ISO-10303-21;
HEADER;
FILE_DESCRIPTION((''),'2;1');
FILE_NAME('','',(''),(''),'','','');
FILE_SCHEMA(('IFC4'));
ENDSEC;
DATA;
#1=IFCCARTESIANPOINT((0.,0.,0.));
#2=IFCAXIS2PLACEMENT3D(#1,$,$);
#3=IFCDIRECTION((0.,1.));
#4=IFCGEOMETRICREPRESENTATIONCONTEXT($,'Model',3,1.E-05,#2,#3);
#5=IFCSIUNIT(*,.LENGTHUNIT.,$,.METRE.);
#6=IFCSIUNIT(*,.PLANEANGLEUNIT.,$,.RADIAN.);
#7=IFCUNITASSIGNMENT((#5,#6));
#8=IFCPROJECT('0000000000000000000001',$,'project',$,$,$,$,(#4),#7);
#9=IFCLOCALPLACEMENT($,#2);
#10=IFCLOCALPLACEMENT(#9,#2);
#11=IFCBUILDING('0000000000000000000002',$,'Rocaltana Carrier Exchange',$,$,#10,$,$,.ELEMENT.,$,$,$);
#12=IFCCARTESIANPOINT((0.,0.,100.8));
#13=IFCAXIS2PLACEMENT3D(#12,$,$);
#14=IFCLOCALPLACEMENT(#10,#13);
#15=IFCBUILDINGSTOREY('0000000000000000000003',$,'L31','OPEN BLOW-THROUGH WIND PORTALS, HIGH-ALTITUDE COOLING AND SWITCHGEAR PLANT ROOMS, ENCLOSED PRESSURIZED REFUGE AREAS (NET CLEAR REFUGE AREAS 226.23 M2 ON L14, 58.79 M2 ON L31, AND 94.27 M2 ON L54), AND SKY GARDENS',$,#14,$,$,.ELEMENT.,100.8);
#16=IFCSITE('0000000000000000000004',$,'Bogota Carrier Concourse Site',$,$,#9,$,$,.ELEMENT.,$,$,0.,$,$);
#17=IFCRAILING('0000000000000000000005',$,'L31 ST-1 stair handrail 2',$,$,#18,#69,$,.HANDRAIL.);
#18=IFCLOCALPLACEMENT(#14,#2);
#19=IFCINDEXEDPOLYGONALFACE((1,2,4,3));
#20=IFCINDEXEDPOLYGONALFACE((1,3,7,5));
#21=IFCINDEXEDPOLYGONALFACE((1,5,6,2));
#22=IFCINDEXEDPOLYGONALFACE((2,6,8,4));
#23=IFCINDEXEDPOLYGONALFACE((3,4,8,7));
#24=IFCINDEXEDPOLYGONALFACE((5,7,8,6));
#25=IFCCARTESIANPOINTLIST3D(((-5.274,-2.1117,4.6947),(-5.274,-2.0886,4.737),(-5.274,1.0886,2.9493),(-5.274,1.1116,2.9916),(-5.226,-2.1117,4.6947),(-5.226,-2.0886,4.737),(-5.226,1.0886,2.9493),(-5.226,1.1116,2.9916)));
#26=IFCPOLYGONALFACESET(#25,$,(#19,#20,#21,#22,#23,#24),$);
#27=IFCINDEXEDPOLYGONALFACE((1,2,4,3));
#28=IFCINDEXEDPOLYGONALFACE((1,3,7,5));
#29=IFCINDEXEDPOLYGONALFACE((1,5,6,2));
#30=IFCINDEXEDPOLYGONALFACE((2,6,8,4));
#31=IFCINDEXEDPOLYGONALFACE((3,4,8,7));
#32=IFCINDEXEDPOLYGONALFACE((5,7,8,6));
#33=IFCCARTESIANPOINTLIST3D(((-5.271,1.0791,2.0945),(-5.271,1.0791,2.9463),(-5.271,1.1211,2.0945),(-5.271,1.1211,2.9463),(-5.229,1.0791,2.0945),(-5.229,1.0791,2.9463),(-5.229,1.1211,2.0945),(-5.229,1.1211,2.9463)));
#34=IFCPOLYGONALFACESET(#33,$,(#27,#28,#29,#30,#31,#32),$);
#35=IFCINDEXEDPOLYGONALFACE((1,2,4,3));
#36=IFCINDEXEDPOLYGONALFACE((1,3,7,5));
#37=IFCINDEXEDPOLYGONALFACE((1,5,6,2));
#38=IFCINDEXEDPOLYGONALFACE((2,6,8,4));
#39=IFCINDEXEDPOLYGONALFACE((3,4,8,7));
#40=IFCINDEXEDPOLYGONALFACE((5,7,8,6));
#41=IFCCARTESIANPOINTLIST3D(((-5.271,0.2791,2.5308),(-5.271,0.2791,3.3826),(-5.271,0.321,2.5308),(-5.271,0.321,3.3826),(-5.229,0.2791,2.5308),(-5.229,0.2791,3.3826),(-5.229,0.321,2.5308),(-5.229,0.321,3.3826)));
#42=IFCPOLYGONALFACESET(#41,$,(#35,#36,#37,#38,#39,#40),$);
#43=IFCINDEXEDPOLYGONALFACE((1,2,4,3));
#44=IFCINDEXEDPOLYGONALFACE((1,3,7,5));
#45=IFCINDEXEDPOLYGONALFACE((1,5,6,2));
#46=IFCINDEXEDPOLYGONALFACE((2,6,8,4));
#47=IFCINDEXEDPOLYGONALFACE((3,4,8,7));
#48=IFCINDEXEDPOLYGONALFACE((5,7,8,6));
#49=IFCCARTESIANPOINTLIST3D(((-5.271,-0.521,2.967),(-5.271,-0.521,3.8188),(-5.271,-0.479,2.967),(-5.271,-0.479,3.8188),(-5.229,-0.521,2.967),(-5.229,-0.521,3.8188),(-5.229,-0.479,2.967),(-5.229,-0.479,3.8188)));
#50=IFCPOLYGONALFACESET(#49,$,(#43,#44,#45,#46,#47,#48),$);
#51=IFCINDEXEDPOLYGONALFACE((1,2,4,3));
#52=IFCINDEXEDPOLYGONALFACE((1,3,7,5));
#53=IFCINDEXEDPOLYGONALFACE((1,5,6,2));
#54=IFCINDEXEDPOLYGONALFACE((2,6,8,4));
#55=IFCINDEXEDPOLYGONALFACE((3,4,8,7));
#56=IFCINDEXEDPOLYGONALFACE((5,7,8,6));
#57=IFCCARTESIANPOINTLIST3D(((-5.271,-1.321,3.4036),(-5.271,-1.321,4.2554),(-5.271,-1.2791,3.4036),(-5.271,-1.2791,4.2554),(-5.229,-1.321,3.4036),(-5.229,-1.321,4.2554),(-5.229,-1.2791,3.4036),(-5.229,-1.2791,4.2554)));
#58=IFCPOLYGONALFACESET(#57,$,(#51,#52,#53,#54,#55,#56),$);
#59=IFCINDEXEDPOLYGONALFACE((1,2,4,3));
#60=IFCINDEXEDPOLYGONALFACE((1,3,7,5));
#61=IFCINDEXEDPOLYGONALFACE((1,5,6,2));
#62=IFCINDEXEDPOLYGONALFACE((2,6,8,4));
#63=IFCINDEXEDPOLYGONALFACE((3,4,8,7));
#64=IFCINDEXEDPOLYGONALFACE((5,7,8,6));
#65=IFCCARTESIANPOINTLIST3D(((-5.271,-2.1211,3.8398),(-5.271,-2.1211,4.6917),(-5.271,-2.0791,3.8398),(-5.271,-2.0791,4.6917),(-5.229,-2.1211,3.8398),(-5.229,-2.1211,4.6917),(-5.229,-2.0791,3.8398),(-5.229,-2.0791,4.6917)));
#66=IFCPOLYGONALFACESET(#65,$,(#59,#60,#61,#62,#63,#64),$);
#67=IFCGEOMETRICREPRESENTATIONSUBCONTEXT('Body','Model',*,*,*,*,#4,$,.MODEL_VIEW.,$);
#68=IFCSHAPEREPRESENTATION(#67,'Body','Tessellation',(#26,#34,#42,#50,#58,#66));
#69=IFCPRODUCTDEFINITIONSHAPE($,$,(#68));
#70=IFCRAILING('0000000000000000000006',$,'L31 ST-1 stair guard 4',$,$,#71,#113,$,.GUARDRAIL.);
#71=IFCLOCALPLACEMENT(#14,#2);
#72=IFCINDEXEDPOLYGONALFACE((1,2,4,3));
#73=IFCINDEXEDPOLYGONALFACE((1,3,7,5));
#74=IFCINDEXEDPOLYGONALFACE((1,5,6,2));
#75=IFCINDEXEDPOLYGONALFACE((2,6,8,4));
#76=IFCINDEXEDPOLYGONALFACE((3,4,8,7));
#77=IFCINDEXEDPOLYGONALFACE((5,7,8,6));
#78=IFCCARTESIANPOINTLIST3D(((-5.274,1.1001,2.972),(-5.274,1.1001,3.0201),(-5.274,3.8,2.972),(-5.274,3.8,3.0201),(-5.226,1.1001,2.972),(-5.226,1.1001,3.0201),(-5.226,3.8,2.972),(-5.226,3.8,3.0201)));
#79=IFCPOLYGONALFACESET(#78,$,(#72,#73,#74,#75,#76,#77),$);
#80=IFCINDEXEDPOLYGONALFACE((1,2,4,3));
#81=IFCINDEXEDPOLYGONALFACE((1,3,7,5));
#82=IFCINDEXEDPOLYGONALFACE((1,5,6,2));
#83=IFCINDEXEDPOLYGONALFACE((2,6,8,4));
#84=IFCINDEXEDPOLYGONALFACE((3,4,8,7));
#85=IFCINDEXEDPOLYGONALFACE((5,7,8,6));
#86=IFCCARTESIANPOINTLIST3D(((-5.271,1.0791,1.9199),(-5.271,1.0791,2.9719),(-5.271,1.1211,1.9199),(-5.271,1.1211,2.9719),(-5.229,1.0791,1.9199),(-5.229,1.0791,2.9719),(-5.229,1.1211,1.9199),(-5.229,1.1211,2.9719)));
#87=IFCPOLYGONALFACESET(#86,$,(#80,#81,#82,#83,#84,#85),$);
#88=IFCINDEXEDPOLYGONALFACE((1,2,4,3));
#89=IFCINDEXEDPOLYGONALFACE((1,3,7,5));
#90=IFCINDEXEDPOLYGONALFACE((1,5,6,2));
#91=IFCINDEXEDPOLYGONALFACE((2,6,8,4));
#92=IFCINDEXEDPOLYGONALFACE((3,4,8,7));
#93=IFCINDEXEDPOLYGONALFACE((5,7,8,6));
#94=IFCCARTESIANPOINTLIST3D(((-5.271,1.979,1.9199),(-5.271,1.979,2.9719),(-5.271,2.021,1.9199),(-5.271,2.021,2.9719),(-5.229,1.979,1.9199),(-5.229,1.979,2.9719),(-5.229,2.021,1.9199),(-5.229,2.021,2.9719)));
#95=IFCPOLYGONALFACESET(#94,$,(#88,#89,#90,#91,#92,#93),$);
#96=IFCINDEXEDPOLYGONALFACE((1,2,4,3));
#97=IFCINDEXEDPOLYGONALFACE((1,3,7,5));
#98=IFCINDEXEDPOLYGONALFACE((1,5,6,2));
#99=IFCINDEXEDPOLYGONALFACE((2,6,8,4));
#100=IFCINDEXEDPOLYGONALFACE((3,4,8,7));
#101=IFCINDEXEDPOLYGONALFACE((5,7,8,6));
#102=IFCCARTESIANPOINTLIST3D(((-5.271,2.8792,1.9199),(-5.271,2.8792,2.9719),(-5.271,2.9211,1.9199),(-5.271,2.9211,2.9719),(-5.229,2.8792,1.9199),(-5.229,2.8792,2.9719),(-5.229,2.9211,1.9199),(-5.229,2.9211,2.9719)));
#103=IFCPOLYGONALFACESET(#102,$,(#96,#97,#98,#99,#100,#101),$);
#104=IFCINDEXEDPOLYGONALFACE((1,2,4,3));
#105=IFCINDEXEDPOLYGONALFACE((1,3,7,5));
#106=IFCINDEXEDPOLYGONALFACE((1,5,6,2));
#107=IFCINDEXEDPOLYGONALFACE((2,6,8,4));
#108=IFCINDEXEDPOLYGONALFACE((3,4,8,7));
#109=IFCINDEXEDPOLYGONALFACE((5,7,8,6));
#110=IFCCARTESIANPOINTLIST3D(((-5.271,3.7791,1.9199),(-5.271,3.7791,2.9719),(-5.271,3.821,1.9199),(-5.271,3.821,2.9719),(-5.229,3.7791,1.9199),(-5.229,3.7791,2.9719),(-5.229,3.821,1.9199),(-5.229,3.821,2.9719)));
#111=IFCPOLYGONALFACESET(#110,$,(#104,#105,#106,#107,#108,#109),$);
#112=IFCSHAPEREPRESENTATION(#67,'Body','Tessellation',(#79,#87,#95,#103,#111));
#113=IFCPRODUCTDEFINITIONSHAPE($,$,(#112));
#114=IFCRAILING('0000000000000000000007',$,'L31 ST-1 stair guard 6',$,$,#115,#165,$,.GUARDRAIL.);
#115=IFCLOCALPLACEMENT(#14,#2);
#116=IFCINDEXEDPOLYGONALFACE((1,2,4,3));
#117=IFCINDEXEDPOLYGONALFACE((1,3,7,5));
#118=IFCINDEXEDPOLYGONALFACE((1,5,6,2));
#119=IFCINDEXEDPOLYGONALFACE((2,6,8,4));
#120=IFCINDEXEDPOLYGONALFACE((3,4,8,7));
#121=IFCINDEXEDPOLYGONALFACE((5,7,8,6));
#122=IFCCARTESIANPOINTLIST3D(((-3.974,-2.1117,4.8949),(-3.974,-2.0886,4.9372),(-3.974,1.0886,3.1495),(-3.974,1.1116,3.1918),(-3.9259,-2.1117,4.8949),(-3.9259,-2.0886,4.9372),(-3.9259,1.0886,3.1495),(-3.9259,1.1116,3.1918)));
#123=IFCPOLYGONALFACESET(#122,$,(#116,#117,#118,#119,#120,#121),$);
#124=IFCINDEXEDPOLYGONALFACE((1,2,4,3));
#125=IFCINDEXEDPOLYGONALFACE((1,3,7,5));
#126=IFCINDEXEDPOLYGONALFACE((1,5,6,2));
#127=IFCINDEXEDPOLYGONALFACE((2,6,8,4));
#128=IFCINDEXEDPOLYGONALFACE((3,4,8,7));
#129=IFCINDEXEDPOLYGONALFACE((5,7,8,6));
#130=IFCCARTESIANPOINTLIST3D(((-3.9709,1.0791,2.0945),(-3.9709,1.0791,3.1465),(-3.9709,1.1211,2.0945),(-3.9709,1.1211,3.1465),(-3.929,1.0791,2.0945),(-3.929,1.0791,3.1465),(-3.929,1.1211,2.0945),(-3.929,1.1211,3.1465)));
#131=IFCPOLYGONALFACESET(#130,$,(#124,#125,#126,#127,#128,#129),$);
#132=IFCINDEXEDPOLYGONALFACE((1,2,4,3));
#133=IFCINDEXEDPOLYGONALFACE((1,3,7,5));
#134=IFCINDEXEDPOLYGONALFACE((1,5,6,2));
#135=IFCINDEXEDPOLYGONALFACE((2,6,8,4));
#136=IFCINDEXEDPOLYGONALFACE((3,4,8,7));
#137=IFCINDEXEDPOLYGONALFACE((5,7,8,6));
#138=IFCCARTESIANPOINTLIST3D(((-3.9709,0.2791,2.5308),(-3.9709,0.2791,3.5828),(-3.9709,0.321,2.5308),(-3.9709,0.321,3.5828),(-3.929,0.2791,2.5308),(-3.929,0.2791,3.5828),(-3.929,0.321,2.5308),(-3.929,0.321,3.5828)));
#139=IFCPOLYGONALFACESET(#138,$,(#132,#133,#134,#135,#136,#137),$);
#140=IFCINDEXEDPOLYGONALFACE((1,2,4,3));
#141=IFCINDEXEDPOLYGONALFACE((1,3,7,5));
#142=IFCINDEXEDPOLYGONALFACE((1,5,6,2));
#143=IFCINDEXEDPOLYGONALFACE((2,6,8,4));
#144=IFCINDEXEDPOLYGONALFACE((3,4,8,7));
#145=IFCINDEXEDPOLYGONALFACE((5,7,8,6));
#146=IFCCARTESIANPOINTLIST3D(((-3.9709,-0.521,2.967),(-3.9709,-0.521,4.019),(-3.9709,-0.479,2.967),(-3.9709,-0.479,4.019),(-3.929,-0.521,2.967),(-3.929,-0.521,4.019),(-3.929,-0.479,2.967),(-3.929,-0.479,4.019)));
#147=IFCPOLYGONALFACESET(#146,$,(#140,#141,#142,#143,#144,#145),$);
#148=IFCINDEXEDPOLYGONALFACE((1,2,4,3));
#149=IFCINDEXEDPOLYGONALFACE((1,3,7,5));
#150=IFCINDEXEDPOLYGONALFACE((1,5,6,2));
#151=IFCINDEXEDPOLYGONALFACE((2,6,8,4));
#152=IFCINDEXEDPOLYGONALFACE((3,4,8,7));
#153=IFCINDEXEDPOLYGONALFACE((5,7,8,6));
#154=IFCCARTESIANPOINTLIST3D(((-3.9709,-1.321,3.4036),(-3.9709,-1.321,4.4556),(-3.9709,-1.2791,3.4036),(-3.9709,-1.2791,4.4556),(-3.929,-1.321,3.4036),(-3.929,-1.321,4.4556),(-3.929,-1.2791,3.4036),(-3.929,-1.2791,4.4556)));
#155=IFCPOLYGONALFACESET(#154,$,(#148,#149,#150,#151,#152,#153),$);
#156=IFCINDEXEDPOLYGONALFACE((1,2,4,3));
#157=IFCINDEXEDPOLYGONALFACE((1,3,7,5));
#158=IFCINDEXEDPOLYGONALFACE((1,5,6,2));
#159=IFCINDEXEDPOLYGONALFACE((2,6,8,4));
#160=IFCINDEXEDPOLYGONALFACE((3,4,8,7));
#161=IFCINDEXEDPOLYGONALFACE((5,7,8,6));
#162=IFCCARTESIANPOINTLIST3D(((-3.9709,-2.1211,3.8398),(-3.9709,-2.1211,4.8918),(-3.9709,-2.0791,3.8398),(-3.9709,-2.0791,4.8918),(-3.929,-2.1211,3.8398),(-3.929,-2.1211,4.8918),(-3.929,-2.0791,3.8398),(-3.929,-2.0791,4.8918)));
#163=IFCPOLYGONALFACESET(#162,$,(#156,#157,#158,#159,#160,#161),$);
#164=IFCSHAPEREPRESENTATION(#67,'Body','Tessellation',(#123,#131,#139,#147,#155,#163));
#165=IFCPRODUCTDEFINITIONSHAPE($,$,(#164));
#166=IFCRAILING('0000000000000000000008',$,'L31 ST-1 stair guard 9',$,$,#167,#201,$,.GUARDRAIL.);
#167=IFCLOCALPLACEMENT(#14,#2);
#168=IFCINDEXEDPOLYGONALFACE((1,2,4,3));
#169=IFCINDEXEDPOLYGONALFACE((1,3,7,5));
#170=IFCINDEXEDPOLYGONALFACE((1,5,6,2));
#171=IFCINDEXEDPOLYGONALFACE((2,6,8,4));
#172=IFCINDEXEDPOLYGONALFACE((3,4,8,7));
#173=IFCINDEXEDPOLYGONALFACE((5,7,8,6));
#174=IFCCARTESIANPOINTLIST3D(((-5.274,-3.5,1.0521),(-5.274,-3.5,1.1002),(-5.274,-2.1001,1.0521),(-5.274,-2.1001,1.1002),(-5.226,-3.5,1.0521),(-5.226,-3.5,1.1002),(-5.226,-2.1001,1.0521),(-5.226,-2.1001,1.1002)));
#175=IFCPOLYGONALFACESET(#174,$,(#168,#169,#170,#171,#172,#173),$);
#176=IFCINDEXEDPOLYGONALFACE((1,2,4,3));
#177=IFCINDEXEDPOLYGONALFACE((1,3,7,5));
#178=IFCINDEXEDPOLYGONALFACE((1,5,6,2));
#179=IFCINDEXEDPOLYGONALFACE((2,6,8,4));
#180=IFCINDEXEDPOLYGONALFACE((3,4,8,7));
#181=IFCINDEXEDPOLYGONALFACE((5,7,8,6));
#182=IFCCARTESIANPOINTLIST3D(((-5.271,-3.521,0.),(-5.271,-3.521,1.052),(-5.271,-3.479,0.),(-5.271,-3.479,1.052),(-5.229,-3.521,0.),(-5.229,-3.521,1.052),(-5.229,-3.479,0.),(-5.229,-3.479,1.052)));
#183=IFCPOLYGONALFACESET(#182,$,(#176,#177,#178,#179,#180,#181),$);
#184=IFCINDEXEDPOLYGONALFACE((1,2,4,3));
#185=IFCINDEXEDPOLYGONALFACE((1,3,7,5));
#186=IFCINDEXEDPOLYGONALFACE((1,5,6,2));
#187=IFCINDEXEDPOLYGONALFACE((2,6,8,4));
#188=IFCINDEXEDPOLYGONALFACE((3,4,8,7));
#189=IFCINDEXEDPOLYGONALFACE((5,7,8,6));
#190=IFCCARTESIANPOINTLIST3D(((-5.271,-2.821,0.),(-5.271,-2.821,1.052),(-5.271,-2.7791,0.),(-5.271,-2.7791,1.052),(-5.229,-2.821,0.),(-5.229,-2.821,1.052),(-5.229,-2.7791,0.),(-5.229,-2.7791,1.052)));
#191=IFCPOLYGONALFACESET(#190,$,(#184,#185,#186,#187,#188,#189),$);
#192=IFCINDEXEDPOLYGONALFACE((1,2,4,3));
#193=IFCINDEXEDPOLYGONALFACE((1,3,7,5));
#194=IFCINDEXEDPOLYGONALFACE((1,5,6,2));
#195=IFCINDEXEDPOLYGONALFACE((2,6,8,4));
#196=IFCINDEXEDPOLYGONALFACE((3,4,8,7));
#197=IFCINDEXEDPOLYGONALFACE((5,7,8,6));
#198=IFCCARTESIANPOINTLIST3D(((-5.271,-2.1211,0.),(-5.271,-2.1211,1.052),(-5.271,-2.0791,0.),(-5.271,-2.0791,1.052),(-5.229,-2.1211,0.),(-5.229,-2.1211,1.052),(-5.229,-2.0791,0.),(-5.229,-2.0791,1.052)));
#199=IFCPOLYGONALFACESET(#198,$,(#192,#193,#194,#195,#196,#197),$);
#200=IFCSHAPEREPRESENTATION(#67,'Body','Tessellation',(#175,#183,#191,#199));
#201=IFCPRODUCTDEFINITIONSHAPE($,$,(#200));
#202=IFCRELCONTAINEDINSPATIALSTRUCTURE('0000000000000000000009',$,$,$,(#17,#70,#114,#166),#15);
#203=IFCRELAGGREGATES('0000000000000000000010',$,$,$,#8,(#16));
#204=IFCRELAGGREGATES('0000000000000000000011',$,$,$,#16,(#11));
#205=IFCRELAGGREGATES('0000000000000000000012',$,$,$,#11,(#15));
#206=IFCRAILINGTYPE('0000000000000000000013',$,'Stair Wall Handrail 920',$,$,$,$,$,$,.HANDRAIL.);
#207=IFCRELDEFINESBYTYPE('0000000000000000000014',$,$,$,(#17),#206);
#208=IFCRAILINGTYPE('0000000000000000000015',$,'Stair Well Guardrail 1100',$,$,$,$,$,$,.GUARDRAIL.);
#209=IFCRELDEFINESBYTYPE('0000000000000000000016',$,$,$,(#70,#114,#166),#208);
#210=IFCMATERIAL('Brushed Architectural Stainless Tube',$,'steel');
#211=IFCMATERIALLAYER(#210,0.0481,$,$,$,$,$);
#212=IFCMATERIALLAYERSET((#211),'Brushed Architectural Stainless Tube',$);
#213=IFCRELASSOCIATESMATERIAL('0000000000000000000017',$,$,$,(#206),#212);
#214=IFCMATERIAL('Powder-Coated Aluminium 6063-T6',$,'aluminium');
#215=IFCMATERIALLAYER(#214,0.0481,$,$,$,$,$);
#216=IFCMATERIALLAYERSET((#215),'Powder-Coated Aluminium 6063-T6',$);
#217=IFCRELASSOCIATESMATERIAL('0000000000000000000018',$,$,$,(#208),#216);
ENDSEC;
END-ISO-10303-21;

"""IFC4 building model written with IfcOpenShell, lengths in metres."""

from ifc_helpers import new_model, si_unit, direction, frame, origin, origin_2d, place, context, subcontext, project, spatial, rectangle, extrude, material, layer, layer_set, type_object, element, save


model = new_model("IFC4")

# Units and contexts
model_context = context("Model", 3, precision=1e-05, world=origin(), true_north=direction((0.0, 1.0)))
body_context = subcontext(model_context, "Body", "Model", "MODEL_VIEW")
ifc_project = project(units=[si_unit("LENGTHUNIT", "METRE"), si_unit("PLANEANGLEUNIT", "RADIAN")], contexts=[model_context])

# Site, building, storey
site_placement = place(None, origin())
site = spatial("IfcSite", under=ifc_project, at=site_placement, Name="Bogota Carrier Concourse Site", CompositionType="ELEMENT", RefElevation=0.0)
building_placement = place(site_placement, origin())
building = spatial("IfcBuilding", under=site, at=building_placement, Name="Rocaltana Carrier Exchange", CompositionType="ELEMENT")
storey_placement = place(building_placement, frame((0.0, 0.0, 100.8)))
storey = spatial("IfcBuildingStorey", under=building, at=storey_placement, Name="L31", Description="OPEN BLOW-THROUGH WIND PORTALS, HIGH-ALTITUDE COOLING AND SWITCHGEAR PLANT ROOMS, ENCLOSED PRESSURIZED REFUGE AREAS (NET CLEAR REFUGE AREAS 226.23 M2 ON L14, 58.79 M2 ON L31, AND 94.27 M2 ON L54), AND SKY GARDENS", CompositionType="ELEMENT", Elevation=100.8)

# Railings
ifc_material_1 = material(Name="Brushed Architectural Stainless Tube", Category="steel")
ifc_layer_1 = layer(ifc_material_1, 0.0481)
ifc_layer_set_1 = layer_set([ifc_layer_1], Name="Brushed Architectural Stainless Tube")
railing_type_1 = type_object("IfcRailingType", Name="Stair Wall Handrail 920", PredefinedType="HANDRAIL", material=ifc_layer_set_1)
railing_1_placement = place(storey_placement, frame((-5.25, 1.1001, 2.0945)))
element("IfcRailing", 1, at=railing_1_placement, inside=storey, type_object=railing_type_1, Name="L31 ST-1 stair handrail 2", PredefinedType="HANDRAIL", context=body_context, shape_type="SweptSolid", body=[
    extrude(rectangle(XDim=0.0481, YDim=0.0481, at=origin_2d()), frame((0.0, 0.0, 0.876), z_axis=(0.0, -0.877919, 0.47881), x_axis=(1.0, 0.0, 0.0)), (0.0, 0.0, 1.0), 3.6453),
    extrude(rectangle(XDim=0.042, YDim=0.042, at=origin_2d()), origin(), (0.0, 0.0, 1.0), 0.8518),
    extrude(rectangle(XDim=0.042, YDim=0.042, at=origin_2d()), frame((0.0, -0.8, 0.4363)), (0.0, 0.0, 1.0), 0.8518),
    extrude(rectangle(XDim=0.042, YDim=0.042, at=origin_2d()), frame((0.0, -1.6001, 0.8726)), (0.0, 0.0, 1.0), 0.8518),
    extrude(rectangle(XDim=0.042, YDim=0.042, at=origin_2d()), frame((0.0, -2.4001, 1.3091)), (0.0, 0.0, 1.0), 0.8518),
    extrude(rectangle(XDim=0.042, YDim=0.042, at=origin_2d()), frame((0.0, -3.2002, 1.7454)), (0.0, 0.0, 1.0), 0.8518),
])
ifc_material_2 = material(Name="Powder-Coated Aluminium 6063-T6", Category="aluminium")
ifc_layer_2 = layer(ifc_material_2, 0.0481)
ifc_layer_set_2 = layer_set([ifc_layer_2], Name="Powder-Coated Aluminium 6063-T6")
railing_type_2 = type_object("IfcRailingType", Name="Stair Well Guardrail 1100", PredefinedType="GUARDRAIL", material=ifc_layer_set_2)
railing_2_placement = place(storey_placement, frame((-5.25, 1.1001, 1.9199)))
element("IfcRailing", 2, at=railing_2_placement, inside=storey, type_object=railing_type_2, Name="L31 ST-1 stair guard 4", PredefinedType="GUARDRAIL", context=body_context, shape_type="SweptSolid", body=[
    extrude(rectangle(XDim=0.0481, YDim=0.0481, at=origin_2d()), frame((0.0, 0.0, 1.0762), z_axis=(0.0, 1.0, 0.0), x_axis=(-1.0, 0.0, 0.0)), (0.0, 0.0, 1.0), 2.7),
    extrude(rectangle(XDim=0.042, YDim=0.042, at=origin_2d()), origin(), (0.0, 0.0, 1.0), 1.052),
    extrude(rectangle(XDim=0.042, YDim=0.042, at=origin_2d()), frame((0.0, 0.8999, 0.0)), (0.0, 0.0, 1.0), 1.052),
    extrude(rectangle(XDim=0.042, YDim=0.042, at=origin_2d()), frame((0.0, 1.8, 0.0)), (0.0, 0.0, 1.0), 1.052),
    extrude(rectangle(XDim=0.042, YDim=0.042, at=origin_2d()), frame((0.0, 2.7, 0.0)), (0.0, 0.0, 1.0), 1.052),
])
railing_3_placement = place(storey_placement, frame((-3.95, 1.1001, 2.0945)))
element("IfcRailing", 3, at=railing_3_placement, inside=storey, type_object=railing_type_2, Name="L31 ST-1 stair guard 6", PredefinedType="GUARDRAIL", context=body_context, shape_type="SweptSolid", body=[
    extrude(rectangle(XDim=0.0481, YDim=0.0481, at=origin_2d()), frame((0.0, 0.0, 1.0762), z_axis=(0.0, -0.877919, 0.47881), x_axis=(1.0, 0.0, 0.0)), (0.0, 0.0, 1.0), 3.6453),
    extrude(rectangle(XDim=0.042, YDim=0.042, at=origin_2d()), origin(), (0.0, 0.0, 1.0), 1.052),
    extrude(rectangle(XDim=0.042, YDim=0.042, at=origin_2d()), frame((0.0, -0.8, 0.4363)), (0.0, 0.0, 1.0), 1.052),
    extrude(rectangle(XDim=0.042, YDim=0.042, at=origin_2d()), frame((0.0, -1.6001, 0.8726)), (0.0, 0.0, 1.0), 1.052),
    extrude(rectangle(XDim=0.042, YDim=0.042, at=origin_2d()), frame((0.0, -2.4001, 1.3091)), (0.0, 0.0, 1.0), 1.052),
    extrude(rectangle(XDim=0.042, YDim=0.042, at=origin_2d()), frame((0.0, -3.2002, 1.7454)), (0.0, 0.0, 1.0), 1.052),
])
railing_4_placement = place(storey_placement, frame((-5.25, -3.5, 0.0)))
element("IfcRailing", 4, at=railing_4_placement, inside=storey, type_object=railing_type_2, Name="L31 ST-1 stair guard 9", PredefinedType="GUARDRAIL", context=body_context, shape_type="SweptSolid", body=[
    extrude(rectangle(XDim=0.0481, YDim=0.0481, at=origin_2d()), frame((0.0, 0.0, 1.0762), z_axis=(0.0, 1.0, 0.0), x_axis=(-1.0, 0.0, 0.0)), (0.0, 0.0, 1.0), 1.3999),
    extrude(rectangle(XDim=0.042, YDim=0.042, at=origin_2d()), origin(), (0.0, 0.0, 1.0), 1.052),
    extrude(rectangle(XDim=0.042, YDim=0.042, at=origin_2d()), frame((0.0, 0.7, 0.0)), (0.0, 0.0, 1.0), 1.052),
    extrude(rectangle(XDim=0.042, YDim=0.042, at=origin_2d()), frame((0.0, 1.3999, 0.0)), (0.0, 0.0, 1.0), 1.052),
])

save(model, "model.ifc")
